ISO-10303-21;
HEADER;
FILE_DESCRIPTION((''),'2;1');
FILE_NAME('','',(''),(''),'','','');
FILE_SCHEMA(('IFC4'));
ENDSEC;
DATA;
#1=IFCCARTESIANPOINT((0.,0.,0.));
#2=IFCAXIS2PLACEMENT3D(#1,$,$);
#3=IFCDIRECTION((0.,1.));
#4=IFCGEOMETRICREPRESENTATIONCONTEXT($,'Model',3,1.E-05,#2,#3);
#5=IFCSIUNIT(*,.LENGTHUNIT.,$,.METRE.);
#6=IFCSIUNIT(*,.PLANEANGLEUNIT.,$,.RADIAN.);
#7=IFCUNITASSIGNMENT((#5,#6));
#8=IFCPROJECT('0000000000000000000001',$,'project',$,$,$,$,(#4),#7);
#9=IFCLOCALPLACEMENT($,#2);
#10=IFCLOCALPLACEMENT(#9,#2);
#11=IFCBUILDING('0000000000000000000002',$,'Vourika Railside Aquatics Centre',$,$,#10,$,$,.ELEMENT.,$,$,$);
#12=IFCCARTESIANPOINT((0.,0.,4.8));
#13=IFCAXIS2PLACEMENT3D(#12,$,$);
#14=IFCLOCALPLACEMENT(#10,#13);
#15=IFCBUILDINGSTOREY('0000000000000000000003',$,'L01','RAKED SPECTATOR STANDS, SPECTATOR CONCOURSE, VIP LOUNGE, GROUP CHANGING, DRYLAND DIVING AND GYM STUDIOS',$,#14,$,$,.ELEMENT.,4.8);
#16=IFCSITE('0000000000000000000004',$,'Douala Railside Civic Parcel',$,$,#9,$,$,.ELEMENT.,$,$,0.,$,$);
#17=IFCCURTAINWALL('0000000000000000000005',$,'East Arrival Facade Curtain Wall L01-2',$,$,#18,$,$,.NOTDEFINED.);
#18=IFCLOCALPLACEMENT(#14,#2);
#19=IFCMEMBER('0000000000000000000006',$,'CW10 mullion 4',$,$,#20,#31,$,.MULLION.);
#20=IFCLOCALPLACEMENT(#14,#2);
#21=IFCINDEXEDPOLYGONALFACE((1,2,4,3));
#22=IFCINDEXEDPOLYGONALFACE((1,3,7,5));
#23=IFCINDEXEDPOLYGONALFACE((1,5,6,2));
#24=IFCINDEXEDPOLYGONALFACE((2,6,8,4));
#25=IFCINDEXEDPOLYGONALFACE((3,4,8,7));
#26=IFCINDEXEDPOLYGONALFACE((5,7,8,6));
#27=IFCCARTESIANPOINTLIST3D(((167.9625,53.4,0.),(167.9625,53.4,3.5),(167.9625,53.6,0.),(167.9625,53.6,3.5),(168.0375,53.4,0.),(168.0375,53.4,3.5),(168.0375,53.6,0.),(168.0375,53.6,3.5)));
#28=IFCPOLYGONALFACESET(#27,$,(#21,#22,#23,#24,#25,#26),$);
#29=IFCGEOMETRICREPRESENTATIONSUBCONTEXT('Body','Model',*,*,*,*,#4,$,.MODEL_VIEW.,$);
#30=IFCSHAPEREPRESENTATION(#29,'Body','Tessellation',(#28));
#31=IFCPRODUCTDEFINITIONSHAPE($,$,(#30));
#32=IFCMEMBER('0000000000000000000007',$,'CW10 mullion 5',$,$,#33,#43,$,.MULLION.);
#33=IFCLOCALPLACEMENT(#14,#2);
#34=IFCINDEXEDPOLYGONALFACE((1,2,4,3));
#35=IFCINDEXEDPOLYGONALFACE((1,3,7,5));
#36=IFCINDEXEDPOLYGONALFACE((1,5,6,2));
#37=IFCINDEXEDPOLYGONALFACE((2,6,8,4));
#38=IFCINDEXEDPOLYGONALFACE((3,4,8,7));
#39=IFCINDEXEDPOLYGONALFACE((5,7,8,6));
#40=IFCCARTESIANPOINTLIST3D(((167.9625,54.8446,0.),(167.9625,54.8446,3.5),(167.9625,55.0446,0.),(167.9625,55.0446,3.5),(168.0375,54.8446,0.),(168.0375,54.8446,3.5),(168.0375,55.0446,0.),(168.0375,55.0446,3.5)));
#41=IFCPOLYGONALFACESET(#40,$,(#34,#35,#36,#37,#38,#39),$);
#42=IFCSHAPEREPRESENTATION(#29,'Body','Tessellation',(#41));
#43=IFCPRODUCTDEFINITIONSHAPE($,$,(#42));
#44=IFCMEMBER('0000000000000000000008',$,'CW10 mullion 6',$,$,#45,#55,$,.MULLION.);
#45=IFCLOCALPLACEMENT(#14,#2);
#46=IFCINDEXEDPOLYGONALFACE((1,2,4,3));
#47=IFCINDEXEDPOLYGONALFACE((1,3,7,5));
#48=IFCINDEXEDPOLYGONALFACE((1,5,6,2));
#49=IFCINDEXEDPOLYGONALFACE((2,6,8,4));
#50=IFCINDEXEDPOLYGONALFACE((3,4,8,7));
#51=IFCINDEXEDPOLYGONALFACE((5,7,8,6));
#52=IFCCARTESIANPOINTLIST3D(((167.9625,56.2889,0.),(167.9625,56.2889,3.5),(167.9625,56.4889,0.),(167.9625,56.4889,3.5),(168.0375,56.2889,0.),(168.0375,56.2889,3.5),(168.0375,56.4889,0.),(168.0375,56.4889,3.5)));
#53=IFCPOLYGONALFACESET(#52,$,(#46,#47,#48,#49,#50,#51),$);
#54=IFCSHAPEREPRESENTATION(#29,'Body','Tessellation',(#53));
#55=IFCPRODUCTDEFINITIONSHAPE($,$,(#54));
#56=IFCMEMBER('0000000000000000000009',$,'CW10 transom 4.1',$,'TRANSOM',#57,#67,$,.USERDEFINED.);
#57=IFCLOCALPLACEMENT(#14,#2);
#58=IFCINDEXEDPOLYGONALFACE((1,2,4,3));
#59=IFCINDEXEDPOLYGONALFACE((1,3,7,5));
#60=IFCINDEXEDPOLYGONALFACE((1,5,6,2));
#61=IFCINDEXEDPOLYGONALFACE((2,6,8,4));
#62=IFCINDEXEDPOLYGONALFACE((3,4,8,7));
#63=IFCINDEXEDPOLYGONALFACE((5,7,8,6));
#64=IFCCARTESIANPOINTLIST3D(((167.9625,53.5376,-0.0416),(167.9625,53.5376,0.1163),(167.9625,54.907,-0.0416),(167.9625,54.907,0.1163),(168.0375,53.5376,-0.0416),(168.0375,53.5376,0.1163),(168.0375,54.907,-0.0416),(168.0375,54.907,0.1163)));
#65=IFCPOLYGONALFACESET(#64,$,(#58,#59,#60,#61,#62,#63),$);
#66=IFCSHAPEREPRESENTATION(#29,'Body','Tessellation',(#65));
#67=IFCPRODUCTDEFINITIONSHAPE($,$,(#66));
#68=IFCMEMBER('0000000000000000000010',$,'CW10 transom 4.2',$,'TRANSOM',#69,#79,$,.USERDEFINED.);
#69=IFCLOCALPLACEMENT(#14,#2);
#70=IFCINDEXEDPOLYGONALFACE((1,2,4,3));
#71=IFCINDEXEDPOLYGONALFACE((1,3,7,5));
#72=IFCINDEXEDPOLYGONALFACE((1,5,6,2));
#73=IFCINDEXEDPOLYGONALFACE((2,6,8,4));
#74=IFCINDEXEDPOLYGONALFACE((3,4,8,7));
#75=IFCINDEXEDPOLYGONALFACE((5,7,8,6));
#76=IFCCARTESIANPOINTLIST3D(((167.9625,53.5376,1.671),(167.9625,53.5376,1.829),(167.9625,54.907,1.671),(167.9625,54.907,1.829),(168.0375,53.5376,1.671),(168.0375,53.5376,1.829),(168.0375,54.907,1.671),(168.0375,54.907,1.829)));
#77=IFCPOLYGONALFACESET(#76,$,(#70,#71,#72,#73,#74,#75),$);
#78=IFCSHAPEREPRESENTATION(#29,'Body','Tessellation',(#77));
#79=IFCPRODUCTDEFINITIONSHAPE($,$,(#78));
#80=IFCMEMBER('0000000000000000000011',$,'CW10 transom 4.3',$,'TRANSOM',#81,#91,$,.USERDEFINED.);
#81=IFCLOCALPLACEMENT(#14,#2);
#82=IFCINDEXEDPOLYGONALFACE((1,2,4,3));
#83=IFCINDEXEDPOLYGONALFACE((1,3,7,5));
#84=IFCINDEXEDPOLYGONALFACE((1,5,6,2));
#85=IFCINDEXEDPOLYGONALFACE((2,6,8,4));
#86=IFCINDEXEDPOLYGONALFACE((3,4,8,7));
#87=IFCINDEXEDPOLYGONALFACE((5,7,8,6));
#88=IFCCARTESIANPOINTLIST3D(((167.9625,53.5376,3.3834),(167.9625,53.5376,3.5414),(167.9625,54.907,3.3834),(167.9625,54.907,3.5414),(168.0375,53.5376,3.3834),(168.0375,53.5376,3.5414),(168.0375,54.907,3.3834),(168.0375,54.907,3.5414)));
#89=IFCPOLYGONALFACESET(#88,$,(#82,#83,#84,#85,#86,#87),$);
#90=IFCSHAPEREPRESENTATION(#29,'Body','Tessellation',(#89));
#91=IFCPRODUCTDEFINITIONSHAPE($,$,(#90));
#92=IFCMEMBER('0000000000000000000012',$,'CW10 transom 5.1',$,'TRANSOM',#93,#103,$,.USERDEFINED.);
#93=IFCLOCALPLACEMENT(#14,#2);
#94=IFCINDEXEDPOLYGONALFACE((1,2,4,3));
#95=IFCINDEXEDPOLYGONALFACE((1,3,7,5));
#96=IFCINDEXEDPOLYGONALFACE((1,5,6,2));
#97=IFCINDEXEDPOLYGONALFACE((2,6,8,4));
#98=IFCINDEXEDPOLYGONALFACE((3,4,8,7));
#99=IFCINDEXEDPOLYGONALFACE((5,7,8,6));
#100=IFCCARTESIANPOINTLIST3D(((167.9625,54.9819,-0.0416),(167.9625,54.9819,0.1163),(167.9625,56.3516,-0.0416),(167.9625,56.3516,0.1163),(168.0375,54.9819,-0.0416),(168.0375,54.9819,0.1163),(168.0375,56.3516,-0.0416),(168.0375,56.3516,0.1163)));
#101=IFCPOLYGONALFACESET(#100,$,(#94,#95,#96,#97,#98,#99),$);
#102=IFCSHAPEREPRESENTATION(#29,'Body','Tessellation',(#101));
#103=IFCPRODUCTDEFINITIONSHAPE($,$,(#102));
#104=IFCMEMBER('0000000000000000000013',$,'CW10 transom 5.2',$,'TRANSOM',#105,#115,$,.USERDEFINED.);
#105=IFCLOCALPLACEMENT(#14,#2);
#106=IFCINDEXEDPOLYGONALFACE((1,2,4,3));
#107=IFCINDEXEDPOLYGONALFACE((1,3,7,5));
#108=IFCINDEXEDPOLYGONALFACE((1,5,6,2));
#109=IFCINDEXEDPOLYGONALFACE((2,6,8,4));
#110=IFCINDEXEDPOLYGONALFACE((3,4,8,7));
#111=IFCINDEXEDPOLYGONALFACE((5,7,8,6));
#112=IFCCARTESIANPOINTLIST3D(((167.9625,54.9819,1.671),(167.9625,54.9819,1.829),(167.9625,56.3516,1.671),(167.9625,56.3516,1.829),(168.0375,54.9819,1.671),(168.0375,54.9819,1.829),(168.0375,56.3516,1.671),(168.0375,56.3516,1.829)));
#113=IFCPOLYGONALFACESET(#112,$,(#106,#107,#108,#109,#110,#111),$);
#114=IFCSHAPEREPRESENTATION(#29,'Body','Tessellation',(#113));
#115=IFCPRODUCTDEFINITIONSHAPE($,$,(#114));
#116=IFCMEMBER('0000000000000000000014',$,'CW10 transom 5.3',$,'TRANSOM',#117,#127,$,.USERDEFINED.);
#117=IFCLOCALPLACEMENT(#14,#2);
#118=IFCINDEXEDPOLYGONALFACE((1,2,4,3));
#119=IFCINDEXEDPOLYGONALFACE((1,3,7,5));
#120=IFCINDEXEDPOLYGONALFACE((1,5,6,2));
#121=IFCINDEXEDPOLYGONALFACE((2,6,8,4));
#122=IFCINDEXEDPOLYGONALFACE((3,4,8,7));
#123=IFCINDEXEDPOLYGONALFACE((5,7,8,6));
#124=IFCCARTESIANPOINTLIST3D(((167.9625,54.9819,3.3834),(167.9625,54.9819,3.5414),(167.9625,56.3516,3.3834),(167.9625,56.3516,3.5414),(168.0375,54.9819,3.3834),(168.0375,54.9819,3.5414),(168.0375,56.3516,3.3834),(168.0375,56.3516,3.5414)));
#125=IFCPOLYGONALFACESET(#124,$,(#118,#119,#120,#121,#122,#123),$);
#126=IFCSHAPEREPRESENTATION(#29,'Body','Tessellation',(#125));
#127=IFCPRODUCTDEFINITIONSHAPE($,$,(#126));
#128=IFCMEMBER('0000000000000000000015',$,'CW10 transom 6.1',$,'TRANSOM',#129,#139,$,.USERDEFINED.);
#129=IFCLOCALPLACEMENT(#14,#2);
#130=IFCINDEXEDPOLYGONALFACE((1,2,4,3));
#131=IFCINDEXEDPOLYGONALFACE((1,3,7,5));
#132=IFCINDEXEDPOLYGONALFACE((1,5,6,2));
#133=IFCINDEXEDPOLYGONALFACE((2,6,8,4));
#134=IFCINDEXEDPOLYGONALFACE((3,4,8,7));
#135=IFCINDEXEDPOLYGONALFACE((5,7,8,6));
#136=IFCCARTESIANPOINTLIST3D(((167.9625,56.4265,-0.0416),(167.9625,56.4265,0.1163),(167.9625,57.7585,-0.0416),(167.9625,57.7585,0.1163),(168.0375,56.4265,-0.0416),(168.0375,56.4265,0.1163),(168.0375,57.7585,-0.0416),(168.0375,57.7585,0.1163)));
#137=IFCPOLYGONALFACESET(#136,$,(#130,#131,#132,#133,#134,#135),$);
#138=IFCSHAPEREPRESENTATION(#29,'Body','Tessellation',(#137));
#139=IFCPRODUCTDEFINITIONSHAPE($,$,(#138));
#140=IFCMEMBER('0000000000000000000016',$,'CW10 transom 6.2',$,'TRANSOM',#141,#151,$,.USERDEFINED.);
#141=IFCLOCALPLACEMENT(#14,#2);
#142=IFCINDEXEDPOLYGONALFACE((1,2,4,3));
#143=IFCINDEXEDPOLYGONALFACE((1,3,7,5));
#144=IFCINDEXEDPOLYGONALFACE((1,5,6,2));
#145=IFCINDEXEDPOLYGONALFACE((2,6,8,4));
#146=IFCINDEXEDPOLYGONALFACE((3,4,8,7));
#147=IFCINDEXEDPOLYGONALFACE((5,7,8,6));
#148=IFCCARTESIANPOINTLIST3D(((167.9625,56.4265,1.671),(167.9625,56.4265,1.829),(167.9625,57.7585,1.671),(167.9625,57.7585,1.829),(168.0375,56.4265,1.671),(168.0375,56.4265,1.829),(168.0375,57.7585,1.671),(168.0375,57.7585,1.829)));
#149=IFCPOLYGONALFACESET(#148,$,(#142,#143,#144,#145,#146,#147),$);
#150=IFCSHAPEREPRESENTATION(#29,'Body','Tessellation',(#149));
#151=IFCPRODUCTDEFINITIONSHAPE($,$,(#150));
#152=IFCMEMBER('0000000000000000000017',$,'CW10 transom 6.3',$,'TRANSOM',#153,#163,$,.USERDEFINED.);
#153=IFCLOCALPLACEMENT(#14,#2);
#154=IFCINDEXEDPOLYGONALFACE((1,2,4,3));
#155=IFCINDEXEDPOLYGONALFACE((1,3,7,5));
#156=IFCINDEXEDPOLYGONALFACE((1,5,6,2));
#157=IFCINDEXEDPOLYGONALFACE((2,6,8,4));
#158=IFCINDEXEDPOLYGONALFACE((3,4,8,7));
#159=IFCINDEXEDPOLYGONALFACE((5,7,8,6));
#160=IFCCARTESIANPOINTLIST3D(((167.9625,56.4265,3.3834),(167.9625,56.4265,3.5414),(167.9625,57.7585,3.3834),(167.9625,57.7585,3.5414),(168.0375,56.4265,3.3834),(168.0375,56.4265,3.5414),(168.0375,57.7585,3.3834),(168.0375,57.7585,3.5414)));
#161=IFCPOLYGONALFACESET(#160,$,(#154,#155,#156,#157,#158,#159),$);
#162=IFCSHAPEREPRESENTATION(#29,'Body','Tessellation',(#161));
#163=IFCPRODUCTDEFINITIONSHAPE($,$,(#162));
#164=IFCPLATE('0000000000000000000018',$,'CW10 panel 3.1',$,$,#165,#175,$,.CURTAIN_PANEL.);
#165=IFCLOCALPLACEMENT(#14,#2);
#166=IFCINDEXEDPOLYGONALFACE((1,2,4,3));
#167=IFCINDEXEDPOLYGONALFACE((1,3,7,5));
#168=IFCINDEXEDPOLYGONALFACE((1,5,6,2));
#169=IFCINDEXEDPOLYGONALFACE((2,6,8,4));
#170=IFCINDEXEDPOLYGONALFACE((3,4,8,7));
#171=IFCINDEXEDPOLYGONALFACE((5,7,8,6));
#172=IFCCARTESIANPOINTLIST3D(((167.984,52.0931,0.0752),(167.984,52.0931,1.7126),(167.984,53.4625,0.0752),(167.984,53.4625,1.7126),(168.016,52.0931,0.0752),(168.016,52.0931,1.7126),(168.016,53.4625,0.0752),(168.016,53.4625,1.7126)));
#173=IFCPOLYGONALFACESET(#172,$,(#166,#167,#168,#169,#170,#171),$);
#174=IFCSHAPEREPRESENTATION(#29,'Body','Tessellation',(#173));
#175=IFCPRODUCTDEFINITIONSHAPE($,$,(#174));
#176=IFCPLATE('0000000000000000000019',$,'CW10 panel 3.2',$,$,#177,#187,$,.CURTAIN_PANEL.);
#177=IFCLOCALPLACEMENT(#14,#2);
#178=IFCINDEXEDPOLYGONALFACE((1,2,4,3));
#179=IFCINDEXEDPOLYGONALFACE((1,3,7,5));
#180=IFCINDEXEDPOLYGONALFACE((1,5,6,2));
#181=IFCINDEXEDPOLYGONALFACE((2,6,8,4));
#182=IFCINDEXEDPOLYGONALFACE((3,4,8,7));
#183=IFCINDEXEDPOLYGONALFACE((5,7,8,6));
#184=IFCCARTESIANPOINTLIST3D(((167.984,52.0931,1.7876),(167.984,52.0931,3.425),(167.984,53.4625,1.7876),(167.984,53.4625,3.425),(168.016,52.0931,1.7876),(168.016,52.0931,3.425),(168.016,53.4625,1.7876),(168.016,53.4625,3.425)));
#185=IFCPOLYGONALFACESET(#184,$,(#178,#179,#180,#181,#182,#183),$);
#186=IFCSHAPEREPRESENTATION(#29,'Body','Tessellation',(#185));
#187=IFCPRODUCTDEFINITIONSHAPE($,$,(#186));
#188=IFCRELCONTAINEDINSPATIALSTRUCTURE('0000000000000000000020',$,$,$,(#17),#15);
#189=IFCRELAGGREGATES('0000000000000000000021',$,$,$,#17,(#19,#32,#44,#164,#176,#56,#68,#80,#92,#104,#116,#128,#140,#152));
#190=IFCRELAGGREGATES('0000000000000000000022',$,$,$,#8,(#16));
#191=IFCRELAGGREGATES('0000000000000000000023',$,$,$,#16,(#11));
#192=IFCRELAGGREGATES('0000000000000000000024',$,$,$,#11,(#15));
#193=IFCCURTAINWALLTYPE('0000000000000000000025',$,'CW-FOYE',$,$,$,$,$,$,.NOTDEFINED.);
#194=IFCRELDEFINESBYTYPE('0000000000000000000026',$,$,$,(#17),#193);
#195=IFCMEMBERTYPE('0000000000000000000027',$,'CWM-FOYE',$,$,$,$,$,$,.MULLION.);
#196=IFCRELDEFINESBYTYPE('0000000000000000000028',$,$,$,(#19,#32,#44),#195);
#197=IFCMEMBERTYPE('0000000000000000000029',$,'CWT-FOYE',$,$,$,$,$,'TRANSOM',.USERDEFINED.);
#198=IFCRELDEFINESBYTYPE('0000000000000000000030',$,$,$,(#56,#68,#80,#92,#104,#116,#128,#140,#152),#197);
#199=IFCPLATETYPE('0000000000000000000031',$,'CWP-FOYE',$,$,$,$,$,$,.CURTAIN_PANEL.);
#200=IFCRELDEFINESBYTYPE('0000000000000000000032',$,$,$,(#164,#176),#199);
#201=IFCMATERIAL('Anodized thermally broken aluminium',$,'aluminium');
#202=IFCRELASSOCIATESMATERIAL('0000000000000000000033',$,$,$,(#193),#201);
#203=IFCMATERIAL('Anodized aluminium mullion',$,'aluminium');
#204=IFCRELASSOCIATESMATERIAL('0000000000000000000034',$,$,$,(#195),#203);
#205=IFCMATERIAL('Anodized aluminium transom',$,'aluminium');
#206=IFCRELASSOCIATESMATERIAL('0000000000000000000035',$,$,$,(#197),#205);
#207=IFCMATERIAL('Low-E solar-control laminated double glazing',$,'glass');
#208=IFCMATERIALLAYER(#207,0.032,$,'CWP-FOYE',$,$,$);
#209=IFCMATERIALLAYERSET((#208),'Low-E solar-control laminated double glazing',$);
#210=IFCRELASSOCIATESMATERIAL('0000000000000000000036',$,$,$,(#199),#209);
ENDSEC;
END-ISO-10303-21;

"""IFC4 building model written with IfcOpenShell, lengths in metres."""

from ifc_helpers import new_model, si_unit, direction, frame, origin, origin_2d, place, context, subcontext, project, spatial, rectangle, extrude, material, layer, layer_set, material_profile, profile_set, type_object, element, aggregate, save


model = new_model("IFC4")

# Units and contexts
model_context = context("Model", 3, precision=1e-05, world=origin(), true_north=direction((0.0, 1.0)))
body_context = subcontext(model_context, "Body", "Model", "MODEL_VIEW")
ifc_project = project(units=[si_unit("LENGTHUNIT", "METRE"), si_unit("PLANEANGLEUNIT", "RADIAN")], contexts=[model_context])

# Site, building, storey
site_placement = place(None, origin())
site = spatial("IfcSite", under=ifc_project, at=site_placement, Name="Douala Railside Civic Parcel", CompositionType="ELEMENT", RefElevation=0.0)
building_placement = place(site_placement, origin())
building = spatial("IfcBuilding", under=site, at=building_placement, Name="Vourika Railside Aquatics Centre", CompositionType="ELEMENT")
storey_placement = place(building_placement, frame((0.0, 0.0, 4.8)))
storey = spatial("IfcBuildingStorey", under=building, at=storey_placement, Name="L01", Description="RAKED SPECTATOR STANDS, SPECTATOR CONCOURSE, VIP LOUNGE, GROUP CHANGING, DRYLAND DIVING AND GYM STUDIOS", CompositionType="ELEMENT", Elevation=4.8)

# Curtain wall, members, plates
ifc_material_1 = material(Name="Anodized thermally broken aluminium", Category="aluminium")
curtain_wall_type = type_object("IfcCurtainWallType", Name="CW-FOYE", PredefinedType="NOTDEFINED", material=ifc_material_1)
curtain_wall_placement = place(storey_placement, origin())
curtain_wall = element("IfcCurtainWall", 1, at=curtain_wall_placement, inside=storey, type_object=curtain_wall_type, Name="East Arrival Facade Curtain Wall L01-2", PredefinedType="NOTDEFINED")
ifc_material_2 = material(Name="Anodized aluminium mullion", Category="aluminium")
ifc_material_profile_1 = material_profile(ifc_material_2, rectangle(XDim=0.075, YDim=0.2, at=origin_2d()), Name="ALU-M 75x200")
ifc_profile_set_1 = profile_set([ifc_material_profile_1], Name="Anodized aluminium mullion")
member_type_1 = type_object("IfcMemberType", Name="CWM-FOYE", PredefinedType="MULLION", material=ifc_profile_set_1)
member_1_placement = place(storey_placement, frame((168.0, 53.5, 0.0), z_axis=(0.0, 0.0, 1.0), x_axis=(-1.0, 0.0, 0.0)))
member_1 = element("IfcMember", 2, at=member_1_placement, type_object=member_type_1, Name="CW10 mullion 4", PredefinedType="MULLION", context=body_context, shape_type="SweptSolid", body=[
    extrude(rectangle(XDim=0.075, YDim=0.2, at=origin_2d()), origin(), (0.0, 0.0, 1.0), 3.5),
])
member_2_placement = place(storey_placement, frame((168.0, 54.9446, 0.0), z_axis=(0.0, 0.0, 1.0), x_axis=(-1.0, 0.0, 0.0)))
member_2 = element("IfcMember", 3, at=member_2_placement, type_object=member_type_1, Name="CW10 mullion 5", PredefinedType="MULLION", context=body_context, shape_type="SweptSolid", body=[
    extrude(rectangle(XDim=0.075, YDim=0.2, at=origin_2d()), origin(), (0.0, 0.0, 1.0), 3.5),
])
member_3_placement = place(storey_placement, frame((168.0, 56.3889, 0.0), z_axis=(0.0, 0.0, 1.0), x_axis=(-1.0, 0.0, 0.0)))
member_3 = element("IfcMember", 4, at=member_3_placement, type_object=member_type_1, Name="CW10 mullion 6", PredefinedType="MULLION", context=body_context, shape_type="SweptSolid", body=[
    extrude(rectangle(XDim=0.075, YDim=0.2, at=origin_2d()), origin(), (0.0, 0.0, 1.0), 3.5),
])
ifc_material_3 = material(Name="Anodized aluminium transom", Category="aluminium")
ifc_material_profile_2 = material_profile(ifc_material_3, rectangle(XDim=0.075, YDim=0.158, at=origin_2d()), Name="ALU-T 75x158")
ifc_profile_set_2 = profile_set([ifc_material_profile_2], Name="Anodized aluminium transom")
member_type_2 = type_object("IfcMemberType", Name="CWT-FOYE", ElementType="TRANSOM", PredefinedType="USERDEFINED", material=ifc_profile_set_2)
member_4_placement = place(storey_placement, frame((168.0, 53.5376, 0.0374), z_axis=(0.0, 1.0, 0.0), x_axis=(-1.0, 0.0, 0.0)))
member_4 = element("IfcMember", 5, at=member_4_placement, type_object=member_type_2, Name="CW10 transom 4.1", ObjectType="TRANSOM", PredefinedType="USERDEFINED", context=body_context, shape_type="SweptSolid", body=[
    extrude(rectangle(XDim=0.075, YDim=0.158, at=origin_2d()), origin(), (0.0, 0.0, 1.0), 1.3694),
])
member_5_placement = place(storey_placement, frame((168.0, 53.5376, 1.75), z_axis=(0.0, 1.0, 0.0), x_axis=(-1.0, 0.0, 0.0)))
member_5 = element("IfcMember", 6, at=member_5_placement, type_object=member_type_2, Name="CW10 transom 4.2", ObjectType="TRANSOM", PredefinedType="USERDEFINED", context=body_context, shape_type="SweptSolid", body=[
    extrude(rectangle(XDim=0.075, YDim=0.158, at=origin_2d()), origin(), (0.0, 0.0, 1.0), 1.3694),
])
member_6_placement = place(storey_placement, frame((168.0, 53.5376, 3.4624), z_axis=(0.0, 1.0, 0.0), x_axis=(-1.0, 0.0, 0.0)))
member_6 = element("IfcMember", 7, at=member_6_placement, type_object=member_type_2, Name="CW10 transom 4.3", ObjectType="TRANSOM", PredefinedType="USERDEFINED", context=body_context, shape_type="SweptSolid", body=[
    extrude(rectangle(XDim=0.075, YDim=0.158, at=origin_2d()), origin(), (0.0, 0.0, 1.0), 1.3694),
])
member_7_placement = place(storey_placement, frame((168.0, 54.9819, 0.0374), z_axis=(0.0, 1.0, 0.0), x_axis=(-1.0, 0.0, 0.0)))
member_7 = element("IfcMember", 8, at=member_7_placement, type_object=member_type_2, Name="CW10 transom 5.1", ObjectType="TRANSOM", PredefinedType="USERDEFINED", context=body_context, shape_type="SweptSolid", body=[
    extrude(rectangle(XDim=0.075, YDim=0.158, at=origin_2d()), origin(), (0.0, 0.0, 1.0), 1.3696),
])
member_8_placement = place(storey_placement, frame((168.0, 54.9819, 1.75), z_axis=(0.0, 1.0, 0.0), x_axis=(-1.0, 0.0, 0.0)))
member_8 = element("IfcMember", 9, at=member_8_placement, type_object=member_type_2, Name="CW10 transom 5.2", ObjectType="TRANSOM", PredefinedType="USERDEFINED", context=body_context, shape_type="SweptSolid", body=[
    extrude(rectangle(XDim=0.075, YDim=0.158, at=origin_2d()), origin(), (0.0, 0.0, 1.0), 1.3696),
])
member_9_placement = place(storey_placement, frame((168.0, 54.9819, 3.4624), z_axis=(0.0, 1.0, 0.0), x_axis=(-1.0, 0.0, 0.0)))
member_9 = element("IfcMember", 10, at=member_9_placement, type_object=member_type_2, Name="CW10 transom 5.3", ObjectType="TRANSOM", PredefinedType="USERDEFINED", context=body_context, shape_type="SweptSolid", body=[
    extrude(rectangle(XDim=0.075, YDim=0.158, at=origin_2d()), origin(), (0.0, 0.0, 1.0), 1.3696),
])
member_10_placement = place(storey_placement, frame((168.0, 56.4265, 0.0374), z_axis=(0.0, 1.0, 0.0), x_axis=(-1.0, 0.0, 0.0)))
member_10 = element("IfcMember", 11, at=member_10_placement, type_object=member_type_2, Name="CW10 transom 6.1", ObjectType="TRANSOM", PredefinedType="USERDEFINED", context=body_context, shape_type="SweptSolid", body=[
    extrude(rectangle(XDim=0.075, YDim=0.158, at=origin_2d()), origin(), (0.0, 0.0, 1.0), 1.332),
])
member_11_placement = place(storey_placement, frame((168.0, 56.4265, 1.75), z_axis=(0.0, 1.0, 0.0), x_axis=(-1.0, 0.0, 0.0)))
member_11 = element("IfcMember", 12, at=member_11_placement, type_object=member_type_2, Name="CW10 transom 6.2", ObjectType="TRANSOM", PredefinedType="USERDEFINED", context=body_context, shape_type="SweptSolid", body=[
    extrude(rectangle(XDim=0.075, YDim=0.158, at=origin_2d()), origin(), (0.0, 0.0, 1.0), 1.332),
])
member_12_placement = place(storey_placement, frame((168.0, 56.4265, 3.4624), z_axis=(0.0, 1.0, 0.0), x_axis=(-1.0, 0.0, 0.0)))
member_12 = element("IfcMember", 13, at=member_12_placement, type_object=member_type_2, Name="CW10 transom 6.3", ObjectType="TRANSOM", PredefinedType="USERDEFINED", context=body_context, shape_type="SweptSolid", body=[
    extrude(rectangle(XDim=0.075, YDim=0.158, at=origin_2d()), origin(), (0.0, 0.0, 1.0), 1.332),
])
ifc_material_4 = material(Name="Low-E solar-control laminated double glazing", Category="glass")
ifc_layer = layer(ifc_material_4, 0.032, Name="CWP-FOYE")
ifc_layer_set = layer_set([ifc_layer], Name="Low-E solar-control laminated double glazing")
plate_type = type_object("IfcPlateType", Name="CWP-FOYE", PredefinedType="CURTAIN_PANEL", material=ifc_layer_set)
plate_1_placement = place(storey_placement, frame((168.0, 52.7778, 0.0752), z_axis=(0.0, 0.0, 1.0), x_axis=(0.0, 1.0, 0.0)))
plate_1 = element("IfcPlate", 14, at=plate_1_placement, type_object=plate_type, Name="CW10 panel 3.1", PredefinedType="CURTAIN_PANEL", context=body_context, shape_type="SweptSolid", body=[
    extrude(rectangle(XDim=1.3694, YDim=0.032, at=origin_2d()), origin(), (0.0, 0.0, 1.0), 1.6375),
])
plate_2_placement = place(storey_placement, frame((168.0, 52.7778, 1.7876), z_axis=(0.0, 0.0, 1.0), x_axis=(0.0, 1.0, 0.0)))
plate_2 = element("IfcPlate", 15, at=plate_2_placement, type_object=plate_type, Name="CW10 panel 3.2", PredefinedType="CURTAIN_PANEL", context=body_context, shape_type="SweptSolid", body=[
    extrude(rectangle(XDim=1.3694, YDim=0.032, at=origin_2d()), origin(), (0.0, 0.0, 1.0), 1.6375),
])
aggregate(curtain_wall, [member_1, member_2, member_3, plate_1, plate_2, member_4, member_5, member_6, member_7, member_8, member_9, member_10, member_11, member_12])

save(model, "model.ifc")
